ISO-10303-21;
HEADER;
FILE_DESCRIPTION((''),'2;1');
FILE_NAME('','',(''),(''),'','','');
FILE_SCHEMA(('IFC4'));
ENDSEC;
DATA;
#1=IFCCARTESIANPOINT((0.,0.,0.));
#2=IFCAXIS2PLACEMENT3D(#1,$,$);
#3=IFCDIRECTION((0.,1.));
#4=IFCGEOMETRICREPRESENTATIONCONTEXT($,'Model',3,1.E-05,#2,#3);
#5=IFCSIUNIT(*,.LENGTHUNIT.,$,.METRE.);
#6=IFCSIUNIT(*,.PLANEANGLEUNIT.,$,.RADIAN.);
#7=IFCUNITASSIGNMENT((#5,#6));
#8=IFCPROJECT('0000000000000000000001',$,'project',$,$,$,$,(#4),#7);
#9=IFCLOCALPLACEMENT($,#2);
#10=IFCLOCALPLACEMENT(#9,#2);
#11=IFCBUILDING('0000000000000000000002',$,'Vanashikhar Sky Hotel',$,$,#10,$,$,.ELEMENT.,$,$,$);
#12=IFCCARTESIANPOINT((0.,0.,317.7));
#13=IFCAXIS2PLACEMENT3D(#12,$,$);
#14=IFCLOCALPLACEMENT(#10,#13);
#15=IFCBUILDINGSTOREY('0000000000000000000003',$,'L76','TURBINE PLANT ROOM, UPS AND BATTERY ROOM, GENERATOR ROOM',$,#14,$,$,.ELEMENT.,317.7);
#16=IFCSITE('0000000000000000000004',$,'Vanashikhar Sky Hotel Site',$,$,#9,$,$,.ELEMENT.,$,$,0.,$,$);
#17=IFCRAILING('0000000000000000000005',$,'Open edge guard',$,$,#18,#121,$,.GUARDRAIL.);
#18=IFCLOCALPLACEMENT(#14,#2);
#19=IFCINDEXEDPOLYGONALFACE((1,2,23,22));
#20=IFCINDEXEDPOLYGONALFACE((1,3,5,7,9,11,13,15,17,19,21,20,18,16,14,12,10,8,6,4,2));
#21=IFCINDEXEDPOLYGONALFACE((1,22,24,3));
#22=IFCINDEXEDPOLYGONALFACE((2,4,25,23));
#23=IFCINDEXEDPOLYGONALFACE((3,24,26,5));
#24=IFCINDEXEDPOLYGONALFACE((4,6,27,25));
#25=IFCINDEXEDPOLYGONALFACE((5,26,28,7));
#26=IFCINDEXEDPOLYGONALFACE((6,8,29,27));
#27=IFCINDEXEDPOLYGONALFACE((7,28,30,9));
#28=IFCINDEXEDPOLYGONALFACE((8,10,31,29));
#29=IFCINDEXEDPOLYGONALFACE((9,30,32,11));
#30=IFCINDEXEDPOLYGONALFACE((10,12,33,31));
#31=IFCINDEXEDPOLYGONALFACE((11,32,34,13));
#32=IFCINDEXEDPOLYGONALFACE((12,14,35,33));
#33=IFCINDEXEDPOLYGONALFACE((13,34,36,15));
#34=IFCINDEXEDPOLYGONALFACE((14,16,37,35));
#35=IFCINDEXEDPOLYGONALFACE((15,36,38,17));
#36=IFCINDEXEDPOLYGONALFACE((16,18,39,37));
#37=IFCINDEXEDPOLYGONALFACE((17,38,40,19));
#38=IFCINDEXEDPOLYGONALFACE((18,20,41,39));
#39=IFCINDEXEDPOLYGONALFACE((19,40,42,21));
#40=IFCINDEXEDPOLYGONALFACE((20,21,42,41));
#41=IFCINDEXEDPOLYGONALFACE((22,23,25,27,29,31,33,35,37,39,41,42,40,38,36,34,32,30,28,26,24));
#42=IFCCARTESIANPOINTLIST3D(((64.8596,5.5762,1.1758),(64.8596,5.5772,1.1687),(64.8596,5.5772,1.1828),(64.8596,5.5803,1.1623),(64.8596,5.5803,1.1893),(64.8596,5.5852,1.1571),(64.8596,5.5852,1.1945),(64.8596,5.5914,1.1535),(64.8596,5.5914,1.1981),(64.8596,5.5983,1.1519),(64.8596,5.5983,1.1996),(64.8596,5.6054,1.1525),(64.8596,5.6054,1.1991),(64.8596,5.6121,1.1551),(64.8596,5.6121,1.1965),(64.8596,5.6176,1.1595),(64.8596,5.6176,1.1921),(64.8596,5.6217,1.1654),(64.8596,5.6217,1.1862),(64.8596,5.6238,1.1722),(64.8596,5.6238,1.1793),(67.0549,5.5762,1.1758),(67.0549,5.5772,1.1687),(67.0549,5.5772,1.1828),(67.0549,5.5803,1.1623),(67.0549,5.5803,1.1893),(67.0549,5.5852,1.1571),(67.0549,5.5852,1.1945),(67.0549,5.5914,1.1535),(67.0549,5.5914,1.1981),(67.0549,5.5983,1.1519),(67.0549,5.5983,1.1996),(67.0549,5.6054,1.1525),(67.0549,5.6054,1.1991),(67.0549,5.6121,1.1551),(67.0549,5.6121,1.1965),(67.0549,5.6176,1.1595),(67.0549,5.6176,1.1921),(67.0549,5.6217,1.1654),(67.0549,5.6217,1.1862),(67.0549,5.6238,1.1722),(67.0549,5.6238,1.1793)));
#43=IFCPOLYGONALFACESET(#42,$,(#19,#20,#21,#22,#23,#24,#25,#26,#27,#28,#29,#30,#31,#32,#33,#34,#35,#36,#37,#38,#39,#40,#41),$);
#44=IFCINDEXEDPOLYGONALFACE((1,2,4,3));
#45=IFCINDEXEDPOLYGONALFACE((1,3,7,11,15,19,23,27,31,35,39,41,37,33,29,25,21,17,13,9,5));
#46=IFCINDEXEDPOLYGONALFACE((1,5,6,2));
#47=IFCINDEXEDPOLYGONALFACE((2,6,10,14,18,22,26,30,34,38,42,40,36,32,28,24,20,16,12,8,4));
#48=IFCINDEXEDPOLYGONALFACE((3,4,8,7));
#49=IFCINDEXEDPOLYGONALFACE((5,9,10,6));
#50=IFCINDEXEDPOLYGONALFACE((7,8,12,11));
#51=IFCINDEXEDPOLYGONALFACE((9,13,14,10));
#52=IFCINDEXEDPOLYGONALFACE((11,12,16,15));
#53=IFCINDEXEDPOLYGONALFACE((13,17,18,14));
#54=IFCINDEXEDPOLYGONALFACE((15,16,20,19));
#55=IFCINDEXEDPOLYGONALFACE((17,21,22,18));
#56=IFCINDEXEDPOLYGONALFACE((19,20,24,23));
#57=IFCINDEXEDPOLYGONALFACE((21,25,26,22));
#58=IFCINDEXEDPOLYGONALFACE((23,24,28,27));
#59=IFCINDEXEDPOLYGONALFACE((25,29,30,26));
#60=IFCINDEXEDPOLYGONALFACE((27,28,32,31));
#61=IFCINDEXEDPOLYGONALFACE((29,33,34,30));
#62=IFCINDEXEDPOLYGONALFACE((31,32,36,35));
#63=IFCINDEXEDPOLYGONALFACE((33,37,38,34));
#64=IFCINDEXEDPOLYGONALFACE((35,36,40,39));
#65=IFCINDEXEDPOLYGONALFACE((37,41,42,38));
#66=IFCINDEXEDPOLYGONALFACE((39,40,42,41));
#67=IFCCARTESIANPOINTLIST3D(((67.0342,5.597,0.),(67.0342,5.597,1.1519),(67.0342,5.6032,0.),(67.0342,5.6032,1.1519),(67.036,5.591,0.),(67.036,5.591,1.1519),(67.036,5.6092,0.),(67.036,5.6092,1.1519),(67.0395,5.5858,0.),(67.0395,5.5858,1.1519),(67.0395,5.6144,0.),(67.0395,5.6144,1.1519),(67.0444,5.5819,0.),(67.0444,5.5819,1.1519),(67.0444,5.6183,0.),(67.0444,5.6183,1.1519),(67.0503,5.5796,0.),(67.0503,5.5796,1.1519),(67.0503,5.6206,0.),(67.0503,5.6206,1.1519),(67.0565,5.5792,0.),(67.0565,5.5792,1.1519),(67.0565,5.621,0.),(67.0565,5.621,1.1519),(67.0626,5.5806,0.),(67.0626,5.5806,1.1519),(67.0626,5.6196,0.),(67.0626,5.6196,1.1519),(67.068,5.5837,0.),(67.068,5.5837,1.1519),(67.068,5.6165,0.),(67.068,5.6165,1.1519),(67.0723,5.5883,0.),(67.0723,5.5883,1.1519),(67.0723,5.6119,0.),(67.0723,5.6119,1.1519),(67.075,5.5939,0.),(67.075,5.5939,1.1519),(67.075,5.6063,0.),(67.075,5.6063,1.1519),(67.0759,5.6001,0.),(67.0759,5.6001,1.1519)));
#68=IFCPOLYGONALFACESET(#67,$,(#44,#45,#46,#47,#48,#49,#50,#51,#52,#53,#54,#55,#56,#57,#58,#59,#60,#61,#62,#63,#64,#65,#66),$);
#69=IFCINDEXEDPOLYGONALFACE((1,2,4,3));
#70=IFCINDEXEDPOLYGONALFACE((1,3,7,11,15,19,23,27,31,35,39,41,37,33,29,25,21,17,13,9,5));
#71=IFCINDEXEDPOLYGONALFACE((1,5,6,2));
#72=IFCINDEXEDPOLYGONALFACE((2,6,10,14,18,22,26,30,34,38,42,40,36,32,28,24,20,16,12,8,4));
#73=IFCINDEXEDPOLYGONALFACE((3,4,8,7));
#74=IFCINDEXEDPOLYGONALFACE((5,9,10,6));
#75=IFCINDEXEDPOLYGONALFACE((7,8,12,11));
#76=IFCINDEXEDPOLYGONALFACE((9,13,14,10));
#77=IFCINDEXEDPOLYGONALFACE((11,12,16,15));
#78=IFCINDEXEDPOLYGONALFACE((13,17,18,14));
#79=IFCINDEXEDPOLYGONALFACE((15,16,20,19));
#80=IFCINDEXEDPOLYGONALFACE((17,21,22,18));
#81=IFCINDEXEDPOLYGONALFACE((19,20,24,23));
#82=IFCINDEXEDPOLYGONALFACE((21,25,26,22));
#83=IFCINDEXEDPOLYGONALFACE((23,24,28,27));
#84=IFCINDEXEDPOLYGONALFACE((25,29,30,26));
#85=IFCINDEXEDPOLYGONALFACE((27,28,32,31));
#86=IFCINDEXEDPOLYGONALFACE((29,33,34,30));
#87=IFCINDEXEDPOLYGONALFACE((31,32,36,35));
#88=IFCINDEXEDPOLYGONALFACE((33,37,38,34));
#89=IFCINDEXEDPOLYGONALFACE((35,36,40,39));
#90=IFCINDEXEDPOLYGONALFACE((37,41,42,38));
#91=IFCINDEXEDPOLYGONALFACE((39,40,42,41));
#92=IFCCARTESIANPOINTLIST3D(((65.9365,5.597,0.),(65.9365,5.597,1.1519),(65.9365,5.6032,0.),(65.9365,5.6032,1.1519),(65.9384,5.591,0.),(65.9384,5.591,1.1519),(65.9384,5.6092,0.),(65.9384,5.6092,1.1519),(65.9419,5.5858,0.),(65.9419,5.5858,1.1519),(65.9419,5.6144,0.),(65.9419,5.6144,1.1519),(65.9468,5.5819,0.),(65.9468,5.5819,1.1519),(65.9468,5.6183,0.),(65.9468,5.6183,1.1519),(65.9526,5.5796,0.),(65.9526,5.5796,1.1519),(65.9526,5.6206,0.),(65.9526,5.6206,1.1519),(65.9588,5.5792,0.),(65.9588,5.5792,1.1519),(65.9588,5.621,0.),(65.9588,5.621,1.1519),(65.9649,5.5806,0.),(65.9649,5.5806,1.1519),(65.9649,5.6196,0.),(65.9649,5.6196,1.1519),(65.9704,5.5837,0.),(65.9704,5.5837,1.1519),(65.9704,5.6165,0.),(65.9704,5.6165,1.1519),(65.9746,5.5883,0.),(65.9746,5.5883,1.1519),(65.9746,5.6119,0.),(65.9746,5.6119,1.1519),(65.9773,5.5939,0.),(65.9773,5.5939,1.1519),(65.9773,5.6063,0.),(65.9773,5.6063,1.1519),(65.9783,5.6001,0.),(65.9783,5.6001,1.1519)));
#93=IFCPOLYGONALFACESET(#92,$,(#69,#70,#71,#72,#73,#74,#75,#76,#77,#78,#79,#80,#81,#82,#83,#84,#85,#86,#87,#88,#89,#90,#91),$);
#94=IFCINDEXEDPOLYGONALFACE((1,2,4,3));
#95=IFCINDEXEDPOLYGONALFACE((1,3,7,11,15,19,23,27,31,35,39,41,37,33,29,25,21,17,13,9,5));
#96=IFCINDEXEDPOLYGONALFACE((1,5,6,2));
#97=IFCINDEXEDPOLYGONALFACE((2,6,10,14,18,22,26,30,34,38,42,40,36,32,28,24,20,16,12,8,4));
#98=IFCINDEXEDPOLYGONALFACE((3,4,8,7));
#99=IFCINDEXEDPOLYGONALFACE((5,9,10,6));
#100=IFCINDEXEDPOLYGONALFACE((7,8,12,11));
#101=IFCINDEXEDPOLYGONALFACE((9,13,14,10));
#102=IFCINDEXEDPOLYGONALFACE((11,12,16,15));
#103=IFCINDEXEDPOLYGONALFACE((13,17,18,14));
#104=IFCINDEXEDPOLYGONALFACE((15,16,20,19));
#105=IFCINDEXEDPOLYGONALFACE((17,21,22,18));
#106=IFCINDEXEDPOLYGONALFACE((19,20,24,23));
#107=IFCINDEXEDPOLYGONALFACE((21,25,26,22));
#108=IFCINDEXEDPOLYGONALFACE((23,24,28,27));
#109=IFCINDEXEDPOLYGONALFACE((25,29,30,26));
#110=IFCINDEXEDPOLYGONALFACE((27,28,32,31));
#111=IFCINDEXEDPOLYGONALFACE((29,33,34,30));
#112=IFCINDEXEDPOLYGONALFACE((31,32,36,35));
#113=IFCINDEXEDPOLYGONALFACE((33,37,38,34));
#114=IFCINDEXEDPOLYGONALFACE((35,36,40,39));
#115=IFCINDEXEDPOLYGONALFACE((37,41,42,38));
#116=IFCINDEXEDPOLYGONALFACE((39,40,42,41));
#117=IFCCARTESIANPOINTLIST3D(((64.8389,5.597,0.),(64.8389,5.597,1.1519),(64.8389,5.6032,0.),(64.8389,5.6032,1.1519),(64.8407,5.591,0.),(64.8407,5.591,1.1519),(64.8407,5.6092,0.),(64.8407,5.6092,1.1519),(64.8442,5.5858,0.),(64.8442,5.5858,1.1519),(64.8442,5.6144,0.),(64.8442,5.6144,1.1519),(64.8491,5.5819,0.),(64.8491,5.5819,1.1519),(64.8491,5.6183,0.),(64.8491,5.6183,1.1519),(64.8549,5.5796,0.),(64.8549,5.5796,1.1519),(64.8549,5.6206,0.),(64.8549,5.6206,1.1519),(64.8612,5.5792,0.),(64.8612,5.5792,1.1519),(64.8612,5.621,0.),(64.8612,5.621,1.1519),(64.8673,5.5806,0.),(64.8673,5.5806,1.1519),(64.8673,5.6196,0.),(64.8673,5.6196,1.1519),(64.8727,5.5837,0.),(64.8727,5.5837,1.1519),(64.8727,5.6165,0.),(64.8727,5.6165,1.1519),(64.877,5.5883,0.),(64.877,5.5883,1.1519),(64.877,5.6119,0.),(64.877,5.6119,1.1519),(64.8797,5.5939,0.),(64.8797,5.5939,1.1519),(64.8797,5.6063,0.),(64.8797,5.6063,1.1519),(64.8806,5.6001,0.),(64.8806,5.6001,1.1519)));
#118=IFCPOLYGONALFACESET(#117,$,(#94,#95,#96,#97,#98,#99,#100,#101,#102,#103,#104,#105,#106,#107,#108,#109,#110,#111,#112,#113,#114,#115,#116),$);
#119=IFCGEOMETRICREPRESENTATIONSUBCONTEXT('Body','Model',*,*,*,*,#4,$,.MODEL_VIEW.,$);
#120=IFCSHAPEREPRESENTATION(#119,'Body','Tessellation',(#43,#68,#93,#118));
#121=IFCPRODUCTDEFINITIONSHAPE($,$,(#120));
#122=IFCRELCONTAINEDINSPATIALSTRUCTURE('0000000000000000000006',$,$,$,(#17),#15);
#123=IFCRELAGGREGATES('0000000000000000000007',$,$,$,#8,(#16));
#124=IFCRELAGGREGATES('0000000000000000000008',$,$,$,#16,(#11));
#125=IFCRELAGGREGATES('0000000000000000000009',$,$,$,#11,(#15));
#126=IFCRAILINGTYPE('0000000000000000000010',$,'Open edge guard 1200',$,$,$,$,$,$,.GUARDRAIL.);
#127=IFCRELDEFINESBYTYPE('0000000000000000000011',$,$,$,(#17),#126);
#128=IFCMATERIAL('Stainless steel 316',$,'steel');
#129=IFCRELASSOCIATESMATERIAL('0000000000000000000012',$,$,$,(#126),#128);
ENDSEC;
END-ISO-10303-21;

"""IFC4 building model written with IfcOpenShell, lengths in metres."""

from ifc_helpers import new_model, si_unit, direction, frame, origin, origin_2d, place, context, subcontext, project, spatial, circle, extrude, source, transform, mapped, material, type_object, element, save


model = new_model("IFC4")

# Units and contexts
model_context = context("Model", 3, precision=1e-05, world=origin(), true_north=direction((0.0, 1.0)))
body_context = subcontext(model_context, "Body", "Model", "MODEL_VIEW")
ifc_project = project(units=[si_unit("LENGTHUNIT", "METRE"), si_unit("PLANEANGLEUNIT", "RADIAN")], contexts=[model_context])

# Site, building, storey
site_placement = place(None, origin())
site = spatial("IfcSite", under=ifc_project, at=site_placement, Name="Vanashikhar Sky Hotel Site", CompositionType="ELEMENT", RefElevation=0.0)
building_placement = place(site_placement, origin())
building = spatial("IfcBuilding", under=site, at=building_placement, Name="Vanashikhar Sky Hotel", CompositionType="ELEMENT")
storey_placement = place(building_placement, frame((0.0, 0.0, 317.7)))
storey = spatial("IfcBuildingStorey", under=building, at=storey_placement, Name="L76", Description="TURBINE PLANT ROOM, UPS AND BATTERY ROOM, GENERATOR ROOM", CompositionType="ELEMENT", Elevation=317.7)

# Railing
ifc_material_1 = material(Name="Stainless steel 316", Category="steel")
railing_type = type_object("IfcRailingType", Name="Open edge guard 1200", PredefinedType="GUARDRAIL", material=ifc_material_1)
shared_shape_1 = source(origin(), body_context, "Body", "SweptSolid", [
    extrude(circle(Radius=0.0239, at=origin_2d()), frame((0.0, 0.0, 1.1758), z_axis=(-1.0, 0.0, 0.0), x_axis=(0.0, -1.0, 0.0)), (0.0, 0.0, 1.0), 2.1953),
    extrude(circle(Radius=0.021, at=origin_2d()), origin(), (0.0, 0.0, 1.0), 1.1519),
    extrude(circle(Radius=0.021, at=origin_2d()), frame((-1.0977, 0.0, 0.0)), (0.0, 0.0, 1.0), 1.1519),
    extrude(circle(Radius=0.021, at=origin_2d()), frame((-2.1953, 0.0, 0.0)), (0.0, 0.0, 1.0), 1.1519),
])
railing_1_placement = place(storey_placement, frame((67.0549, 5.6001, 0.0)))
element("IfcRailing", 1, at=railing_1_placement, inside=storey, type_object=railing_type, Name="Open edge guard", PredefinedType="GUARDRAIL", context=body_context, shape_type="MappedRepresentation", body=[
    mapped(shared_shape_1, transform((0.0, 0.0, 0.0), scale=1.0)),
])

save(model, "model.ifc")
